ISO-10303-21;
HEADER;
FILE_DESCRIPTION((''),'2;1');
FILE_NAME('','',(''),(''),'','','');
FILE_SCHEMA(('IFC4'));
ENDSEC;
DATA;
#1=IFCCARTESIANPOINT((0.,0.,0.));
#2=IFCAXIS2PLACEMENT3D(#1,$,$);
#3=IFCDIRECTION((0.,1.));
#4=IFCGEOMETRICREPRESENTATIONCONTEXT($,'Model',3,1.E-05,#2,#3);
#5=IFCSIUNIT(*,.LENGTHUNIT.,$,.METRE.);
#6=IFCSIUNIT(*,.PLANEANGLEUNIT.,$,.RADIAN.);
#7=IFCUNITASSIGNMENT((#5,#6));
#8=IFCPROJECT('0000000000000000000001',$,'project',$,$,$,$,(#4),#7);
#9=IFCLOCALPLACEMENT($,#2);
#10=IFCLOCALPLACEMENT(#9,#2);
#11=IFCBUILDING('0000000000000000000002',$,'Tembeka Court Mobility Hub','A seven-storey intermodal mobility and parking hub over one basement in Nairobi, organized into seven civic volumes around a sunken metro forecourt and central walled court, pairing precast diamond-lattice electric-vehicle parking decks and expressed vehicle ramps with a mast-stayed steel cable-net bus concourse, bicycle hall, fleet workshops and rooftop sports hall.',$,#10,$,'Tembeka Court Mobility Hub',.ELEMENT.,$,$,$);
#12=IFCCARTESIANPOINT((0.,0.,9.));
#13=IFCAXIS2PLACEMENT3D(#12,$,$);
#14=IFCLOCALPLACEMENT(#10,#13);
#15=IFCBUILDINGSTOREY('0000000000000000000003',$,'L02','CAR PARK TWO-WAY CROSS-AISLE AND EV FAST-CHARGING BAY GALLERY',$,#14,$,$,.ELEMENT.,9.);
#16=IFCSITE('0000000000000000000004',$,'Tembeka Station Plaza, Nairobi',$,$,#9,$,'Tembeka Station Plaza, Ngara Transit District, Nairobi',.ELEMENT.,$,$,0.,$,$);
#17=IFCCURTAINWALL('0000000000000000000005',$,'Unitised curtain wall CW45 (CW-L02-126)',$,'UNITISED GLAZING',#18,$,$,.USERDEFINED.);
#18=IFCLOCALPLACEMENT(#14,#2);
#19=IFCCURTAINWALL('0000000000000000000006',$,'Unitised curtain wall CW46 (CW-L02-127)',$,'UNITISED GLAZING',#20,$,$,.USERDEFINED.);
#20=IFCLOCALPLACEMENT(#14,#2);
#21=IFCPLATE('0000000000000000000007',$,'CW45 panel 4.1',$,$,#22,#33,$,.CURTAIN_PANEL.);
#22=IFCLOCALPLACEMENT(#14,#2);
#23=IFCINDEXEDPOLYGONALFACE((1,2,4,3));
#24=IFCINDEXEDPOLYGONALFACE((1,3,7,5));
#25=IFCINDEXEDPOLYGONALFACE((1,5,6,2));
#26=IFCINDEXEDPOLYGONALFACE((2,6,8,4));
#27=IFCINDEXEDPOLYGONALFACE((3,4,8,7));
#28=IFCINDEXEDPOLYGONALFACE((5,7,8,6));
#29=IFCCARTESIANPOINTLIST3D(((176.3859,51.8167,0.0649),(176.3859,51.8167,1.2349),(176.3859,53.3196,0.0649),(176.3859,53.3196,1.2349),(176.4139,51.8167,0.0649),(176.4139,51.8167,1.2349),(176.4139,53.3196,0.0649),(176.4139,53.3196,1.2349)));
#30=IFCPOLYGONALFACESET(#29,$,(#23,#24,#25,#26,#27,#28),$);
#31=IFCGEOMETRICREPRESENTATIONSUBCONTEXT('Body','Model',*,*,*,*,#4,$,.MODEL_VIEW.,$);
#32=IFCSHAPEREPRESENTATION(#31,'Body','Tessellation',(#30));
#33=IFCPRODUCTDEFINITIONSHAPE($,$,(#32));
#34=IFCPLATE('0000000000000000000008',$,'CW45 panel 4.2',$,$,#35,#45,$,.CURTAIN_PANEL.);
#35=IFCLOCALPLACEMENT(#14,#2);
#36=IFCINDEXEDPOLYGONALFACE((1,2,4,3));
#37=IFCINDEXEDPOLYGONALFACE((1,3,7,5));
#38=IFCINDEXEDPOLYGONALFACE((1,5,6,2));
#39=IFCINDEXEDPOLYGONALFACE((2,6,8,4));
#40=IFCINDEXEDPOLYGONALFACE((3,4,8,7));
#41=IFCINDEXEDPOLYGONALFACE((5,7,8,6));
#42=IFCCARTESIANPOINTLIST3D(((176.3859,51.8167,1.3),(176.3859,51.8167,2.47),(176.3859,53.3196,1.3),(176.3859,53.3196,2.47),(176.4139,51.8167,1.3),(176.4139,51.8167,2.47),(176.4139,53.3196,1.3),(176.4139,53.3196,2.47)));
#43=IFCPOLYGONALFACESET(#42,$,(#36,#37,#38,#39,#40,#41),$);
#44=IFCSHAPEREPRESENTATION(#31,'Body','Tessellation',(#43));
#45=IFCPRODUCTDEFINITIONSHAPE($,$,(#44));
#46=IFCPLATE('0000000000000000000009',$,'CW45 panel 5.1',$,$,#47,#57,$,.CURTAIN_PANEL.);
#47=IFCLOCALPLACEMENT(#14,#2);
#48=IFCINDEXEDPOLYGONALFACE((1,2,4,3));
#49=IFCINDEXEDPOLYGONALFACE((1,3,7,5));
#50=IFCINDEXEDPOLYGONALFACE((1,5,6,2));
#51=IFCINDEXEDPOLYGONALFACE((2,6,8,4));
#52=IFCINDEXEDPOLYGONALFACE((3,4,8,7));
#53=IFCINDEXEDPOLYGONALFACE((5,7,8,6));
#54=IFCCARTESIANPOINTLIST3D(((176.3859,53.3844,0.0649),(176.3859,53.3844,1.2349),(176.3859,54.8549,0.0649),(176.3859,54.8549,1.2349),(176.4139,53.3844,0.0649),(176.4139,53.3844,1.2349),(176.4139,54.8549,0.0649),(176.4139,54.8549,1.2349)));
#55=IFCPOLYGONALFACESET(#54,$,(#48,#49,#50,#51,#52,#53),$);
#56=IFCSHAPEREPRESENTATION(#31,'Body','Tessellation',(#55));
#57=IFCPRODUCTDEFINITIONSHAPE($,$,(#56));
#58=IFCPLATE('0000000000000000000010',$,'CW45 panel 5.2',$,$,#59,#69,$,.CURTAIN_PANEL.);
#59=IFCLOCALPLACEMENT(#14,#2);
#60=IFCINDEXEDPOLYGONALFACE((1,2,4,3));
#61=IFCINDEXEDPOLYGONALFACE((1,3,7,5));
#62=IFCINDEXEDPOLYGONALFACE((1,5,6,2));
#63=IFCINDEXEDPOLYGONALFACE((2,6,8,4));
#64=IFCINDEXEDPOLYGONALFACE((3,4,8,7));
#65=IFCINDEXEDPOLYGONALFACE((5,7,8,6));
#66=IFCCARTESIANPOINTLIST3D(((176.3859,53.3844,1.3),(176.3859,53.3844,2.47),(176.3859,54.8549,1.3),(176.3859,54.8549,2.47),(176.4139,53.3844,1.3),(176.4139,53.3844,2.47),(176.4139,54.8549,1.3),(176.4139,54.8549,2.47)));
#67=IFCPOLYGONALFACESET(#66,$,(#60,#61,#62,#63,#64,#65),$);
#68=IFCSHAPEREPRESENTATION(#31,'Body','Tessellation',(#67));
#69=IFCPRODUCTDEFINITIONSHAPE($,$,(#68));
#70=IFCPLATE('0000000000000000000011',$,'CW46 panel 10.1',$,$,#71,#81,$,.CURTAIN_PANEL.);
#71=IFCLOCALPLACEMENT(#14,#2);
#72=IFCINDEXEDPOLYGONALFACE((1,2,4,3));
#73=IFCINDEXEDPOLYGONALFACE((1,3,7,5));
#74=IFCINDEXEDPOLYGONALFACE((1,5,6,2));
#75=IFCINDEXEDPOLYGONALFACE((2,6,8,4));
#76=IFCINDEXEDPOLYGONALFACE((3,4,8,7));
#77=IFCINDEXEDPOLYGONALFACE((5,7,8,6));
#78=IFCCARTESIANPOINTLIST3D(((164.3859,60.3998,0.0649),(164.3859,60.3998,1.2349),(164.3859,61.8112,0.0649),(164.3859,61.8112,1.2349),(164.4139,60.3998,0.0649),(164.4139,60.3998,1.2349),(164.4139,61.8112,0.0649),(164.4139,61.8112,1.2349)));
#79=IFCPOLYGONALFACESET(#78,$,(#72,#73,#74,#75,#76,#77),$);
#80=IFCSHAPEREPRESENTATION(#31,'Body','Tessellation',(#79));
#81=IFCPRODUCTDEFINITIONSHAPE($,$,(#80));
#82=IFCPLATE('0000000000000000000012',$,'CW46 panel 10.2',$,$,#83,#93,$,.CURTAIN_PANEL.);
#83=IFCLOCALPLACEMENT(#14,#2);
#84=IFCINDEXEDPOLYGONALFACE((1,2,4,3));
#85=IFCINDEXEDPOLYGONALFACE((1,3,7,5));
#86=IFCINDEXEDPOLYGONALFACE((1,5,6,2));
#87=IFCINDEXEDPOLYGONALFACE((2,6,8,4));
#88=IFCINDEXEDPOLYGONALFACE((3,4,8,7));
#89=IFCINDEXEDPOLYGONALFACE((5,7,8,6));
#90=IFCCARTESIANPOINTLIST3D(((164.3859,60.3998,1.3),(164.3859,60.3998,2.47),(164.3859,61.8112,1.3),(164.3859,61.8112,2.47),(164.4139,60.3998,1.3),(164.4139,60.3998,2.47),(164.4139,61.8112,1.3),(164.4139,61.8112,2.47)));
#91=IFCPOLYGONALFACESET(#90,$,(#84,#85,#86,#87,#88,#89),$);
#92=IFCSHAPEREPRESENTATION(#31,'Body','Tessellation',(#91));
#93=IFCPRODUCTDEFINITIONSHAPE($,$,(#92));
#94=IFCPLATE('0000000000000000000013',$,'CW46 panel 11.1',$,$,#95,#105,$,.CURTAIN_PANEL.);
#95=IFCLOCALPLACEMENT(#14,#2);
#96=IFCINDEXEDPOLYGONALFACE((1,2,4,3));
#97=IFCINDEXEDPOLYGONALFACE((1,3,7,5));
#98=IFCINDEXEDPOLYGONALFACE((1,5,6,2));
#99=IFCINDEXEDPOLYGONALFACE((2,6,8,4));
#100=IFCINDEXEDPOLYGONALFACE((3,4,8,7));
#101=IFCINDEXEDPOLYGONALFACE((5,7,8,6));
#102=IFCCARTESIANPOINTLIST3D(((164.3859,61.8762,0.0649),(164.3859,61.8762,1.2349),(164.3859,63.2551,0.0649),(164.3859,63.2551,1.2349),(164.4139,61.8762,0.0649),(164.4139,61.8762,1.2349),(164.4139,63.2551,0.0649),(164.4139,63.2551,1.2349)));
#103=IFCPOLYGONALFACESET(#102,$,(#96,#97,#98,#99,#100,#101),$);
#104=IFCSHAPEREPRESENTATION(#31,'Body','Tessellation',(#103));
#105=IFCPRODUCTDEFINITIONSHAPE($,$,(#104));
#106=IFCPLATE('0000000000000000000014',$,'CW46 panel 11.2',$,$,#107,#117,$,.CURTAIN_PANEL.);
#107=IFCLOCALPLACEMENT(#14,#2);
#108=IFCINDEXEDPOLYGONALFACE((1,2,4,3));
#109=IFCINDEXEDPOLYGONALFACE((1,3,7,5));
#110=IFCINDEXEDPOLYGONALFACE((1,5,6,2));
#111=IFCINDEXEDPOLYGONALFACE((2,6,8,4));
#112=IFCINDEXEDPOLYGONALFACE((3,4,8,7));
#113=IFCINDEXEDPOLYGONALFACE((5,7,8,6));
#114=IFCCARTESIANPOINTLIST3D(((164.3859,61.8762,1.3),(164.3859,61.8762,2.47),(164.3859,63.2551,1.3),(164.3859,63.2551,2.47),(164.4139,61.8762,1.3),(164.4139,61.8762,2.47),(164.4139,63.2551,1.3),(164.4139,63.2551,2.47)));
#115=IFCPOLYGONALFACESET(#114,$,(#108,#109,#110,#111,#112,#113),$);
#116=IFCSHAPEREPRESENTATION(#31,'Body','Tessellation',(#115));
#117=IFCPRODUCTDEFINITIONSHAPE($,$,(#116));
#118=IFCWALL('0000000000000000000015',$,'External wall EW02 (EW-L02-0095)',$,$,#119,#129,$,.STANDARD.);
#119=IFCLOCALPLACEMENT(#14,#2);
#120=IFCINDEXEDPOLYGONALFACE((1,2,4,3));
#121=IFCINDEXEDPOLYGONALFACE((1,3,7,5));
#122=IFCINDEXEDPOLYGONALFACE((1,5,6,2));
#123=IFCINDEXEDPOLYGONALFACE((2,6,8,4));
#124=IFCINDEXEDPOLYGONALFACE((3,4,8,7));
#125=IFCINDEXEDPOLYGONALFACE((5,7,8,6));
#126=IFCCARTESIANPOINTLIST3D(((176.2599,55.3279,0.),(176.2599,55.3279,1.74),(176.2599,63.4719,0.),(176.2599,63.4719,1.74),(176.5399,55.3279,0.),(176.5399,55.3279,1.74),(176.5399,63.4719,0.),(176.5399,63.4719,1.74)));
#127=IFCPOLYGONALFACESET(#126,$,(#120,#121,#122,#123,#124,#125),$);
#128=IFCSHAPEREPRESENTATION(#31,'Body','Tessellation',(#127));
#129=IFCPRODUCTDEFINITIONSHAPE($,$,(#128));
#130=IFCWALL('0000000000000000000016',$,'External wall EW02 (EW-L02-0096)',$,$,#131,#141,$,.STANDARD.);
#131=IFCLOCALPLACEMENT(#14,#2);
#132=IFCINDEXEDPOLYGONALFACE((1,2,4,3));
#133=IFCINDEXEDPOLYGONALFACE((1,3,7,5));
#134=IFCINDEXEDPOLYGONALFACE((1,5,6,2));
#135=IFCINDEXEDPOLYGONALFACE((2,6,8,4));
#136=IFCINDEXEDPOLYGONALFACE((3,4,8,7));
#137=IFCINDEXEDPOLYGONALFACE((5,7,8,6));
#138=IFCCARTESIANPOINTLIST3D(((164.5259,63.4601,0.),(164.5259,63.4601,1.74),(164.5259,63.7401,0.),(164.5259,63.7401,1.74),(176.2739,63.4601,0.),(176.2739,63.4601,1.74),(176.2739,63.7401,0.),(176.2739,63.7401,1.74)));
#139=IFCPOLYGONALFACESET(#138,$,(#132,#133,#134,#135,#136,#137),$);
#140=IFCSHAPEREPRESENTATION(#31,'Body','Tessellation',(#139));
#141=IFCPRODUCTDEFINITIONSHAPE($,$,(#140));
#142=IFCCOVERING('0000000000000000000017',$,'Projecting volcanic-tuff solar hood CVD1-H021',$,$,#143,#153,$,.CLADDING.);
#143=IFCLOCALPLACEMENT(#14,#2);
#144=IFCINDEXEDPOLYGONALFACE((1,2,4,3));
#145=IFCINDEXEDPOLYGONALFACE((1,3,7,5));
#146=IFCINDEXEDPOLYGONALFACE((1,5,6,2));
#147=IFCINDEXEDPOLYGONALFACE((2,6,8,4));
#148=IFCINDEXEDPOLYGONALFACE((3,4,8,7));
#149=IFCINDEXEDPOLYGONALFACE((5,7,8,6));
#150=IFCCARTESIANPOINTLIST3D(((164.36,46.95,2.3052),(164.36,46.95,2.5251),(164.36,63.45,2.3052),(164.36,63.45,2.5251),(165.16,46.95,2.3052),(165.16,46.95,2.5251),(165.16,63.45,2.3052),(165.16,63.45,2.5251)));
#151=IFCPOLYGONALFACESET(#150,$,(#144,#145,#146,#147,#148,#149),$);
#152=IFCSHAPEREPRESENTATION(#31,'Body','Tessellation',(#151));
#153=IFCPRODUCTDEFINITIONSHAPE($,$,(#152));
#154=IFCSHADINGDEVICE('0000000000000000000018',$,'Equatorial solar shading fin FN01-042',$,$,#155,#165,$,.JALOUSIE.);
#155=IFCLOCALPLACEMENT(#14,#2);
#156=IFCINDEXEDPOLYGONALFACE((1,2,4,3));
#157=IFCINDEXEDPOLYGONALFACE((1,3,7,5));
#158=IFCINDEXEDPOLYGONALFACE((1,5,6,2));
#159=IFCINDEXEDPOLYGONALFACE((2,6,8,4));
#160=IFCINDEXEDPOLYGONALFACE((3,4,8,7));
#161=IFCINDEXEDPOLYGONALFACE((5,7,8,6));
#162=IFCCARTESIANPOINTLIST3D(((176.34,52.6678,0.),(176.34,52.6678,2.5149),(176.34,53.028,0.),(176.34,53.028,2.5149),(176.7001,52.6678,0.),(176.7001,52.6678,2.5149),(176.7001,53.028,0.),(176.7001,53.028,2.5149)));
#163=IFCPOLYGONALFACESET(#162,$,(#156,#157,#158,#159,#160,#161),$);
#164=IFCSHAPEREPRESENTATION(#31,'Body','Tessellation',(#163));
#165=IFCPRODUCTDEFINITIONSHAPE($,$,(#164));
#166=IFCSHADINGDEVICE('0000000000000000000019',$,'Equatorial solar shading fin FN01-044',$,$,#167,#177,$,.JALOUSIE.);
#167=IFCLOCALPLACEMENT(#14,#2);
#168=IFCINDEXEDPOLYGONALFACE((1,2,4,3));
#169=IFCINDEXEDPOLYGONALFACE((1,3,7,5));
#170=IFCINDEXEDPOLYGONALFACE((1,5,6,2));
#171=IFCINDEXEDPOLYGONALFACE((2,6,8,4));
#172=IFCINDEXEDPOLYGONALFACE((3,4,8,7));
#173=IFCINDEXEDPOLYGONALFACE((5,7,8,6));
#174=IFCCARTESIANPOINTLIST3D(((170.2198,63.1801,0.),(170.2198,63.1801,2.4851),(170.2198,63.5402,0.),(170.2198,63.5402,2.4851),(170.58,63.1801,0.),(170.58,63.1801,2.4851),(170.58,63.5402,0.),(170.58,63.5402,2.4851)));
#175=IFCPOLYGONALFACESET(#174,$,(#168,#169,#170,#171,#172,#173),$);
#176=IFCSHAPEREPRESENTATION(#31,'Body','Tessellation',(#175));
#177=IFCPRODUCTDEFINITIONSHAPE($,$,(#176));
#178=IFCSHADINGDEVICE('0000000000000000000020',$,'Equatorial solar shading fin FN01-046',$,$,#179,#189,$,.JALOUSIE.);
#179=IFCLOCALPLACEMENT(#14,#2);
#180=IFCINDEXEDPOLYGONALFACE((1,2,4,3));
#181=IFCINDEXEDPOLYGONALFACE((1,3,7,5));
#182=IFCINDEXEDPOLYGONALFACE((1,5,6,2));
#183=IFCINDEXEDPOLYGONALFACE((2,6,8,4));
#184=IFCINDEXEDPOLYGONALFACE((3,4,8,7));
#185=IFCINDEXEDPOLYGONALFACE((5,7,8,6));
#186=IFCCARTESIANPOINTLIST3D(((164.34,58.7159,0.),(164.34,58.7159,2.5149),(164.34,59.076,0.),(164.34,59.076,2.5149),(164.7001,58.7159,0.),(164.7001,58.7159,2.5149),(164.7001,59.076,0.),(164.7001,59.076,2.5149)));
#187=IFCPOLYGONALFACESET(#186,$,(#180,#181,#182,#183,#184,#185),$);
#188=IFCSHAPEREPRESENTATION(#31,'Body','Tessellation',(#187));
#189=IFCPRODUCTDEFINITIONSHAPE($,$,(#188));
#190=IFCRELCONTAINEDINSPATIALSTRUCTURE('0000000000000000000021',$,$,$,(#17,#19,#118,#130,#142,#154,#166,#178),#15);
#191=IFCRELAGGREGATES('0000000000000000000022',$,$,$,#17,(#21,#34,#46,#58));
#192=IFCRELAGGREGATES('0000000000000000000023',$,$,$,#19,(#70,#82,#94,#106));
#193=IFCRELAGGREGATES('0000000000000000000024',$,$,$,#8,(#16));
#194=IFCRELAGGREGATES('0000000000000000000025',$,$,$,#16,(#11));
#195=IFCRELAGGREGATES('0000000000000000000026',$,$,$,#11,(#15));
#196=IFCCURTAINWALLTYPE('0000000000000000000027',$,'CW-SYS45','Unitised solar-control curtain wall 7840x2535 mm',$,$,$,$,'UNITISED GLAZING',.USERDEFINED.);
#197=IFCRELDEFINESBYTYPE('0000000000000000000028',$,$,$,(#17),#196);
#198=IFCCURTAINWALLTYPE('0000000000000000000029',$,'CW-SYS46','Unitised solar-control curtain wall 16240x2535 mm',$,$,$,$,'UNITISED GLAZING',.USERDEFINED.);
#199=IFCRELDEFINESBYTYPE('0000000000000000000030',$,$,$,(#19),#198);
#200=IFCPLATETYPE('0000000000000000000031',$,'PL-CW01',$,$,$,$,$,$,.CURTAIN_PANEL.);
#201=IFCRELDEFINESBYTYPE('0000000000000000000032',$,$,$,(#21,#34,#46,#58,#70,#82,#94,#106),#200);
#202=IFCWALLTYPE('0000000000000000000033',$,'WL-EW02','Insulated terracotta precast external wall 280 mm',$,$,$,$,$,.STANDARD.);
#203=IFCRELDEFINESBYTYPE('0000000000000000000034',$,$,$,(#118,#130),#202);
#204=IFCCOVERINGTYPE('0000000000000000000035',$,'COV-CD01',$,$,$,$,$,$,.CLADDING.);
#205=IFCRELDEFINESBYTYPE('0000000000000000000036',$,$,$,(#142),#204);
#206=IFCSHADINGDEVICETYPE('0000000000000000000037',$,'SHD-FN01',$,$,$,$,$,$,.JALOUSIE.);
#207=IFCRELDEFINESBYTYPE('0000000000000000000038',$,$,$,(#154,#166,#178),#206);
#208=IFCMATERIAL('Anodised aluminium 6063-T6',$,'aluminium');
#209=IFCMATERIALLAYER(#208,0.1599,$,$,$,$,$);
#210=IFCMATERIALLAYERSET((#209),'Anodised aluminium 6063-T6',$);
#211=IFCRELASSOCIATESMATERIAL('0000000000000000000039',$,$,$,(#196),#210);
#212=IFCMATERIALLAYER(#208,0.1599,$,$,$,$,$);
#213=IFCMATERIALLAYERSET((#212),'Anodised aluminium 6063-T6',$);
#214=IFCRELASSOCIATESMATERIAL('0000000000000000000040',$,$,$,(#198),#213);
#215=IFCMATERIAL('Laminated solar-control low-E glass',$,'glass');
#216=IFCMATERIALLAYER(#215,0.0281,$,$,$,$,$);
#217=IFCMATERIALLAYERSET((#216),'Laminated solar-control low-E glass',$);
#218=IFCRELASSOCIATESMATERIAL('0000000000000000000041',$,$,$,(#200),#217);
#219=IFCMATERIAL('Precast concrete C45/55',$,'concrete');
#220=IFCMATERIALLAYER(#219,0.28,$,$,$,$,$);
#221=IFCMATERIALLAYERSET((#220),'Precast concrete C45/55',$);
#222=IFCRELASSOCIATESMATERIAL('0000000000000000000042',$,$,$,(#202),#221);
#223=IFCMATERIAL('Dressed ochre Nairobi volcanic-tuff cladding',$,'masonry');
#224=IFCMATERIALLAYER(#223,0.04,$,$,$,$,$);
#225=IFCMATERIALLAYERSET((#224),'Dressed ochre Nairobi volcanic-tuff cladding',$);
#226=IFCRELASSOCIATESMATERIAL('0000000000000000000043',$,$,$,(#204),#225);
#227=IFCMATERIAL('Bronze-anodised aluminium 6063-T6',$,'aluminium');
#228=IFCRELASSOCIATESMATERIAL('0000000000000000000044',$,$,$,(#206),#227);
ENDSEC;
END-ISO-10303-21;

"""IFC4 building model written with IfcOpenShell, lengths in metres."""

from ifc_helpers import new_model, si_unit, direction, frame, frame_2d, origin, origin_2d, place, context, subcontext, project, spatial, rectangle, extrude, material, layer, layer_set, material_profile, profile_set, type_object, element, aggregate, save


model = new_model("IFC4")

# Units and contexts
model_context = context("Model", 3, precision=1e-05, world=origin(), true_north=direction((0.0, 1.0)))
body_context = subcontext(model_context, "Body", "Model", "MODEL_VIEW")
ifc_project = project(units=[si_unit("LENGTHUNIT", "METRE"), si_unit("PLANEANGLEUNIT", "RADIAN")], contexts=[model_context])

# Site, building, storey
site_placement = place(None, origin())
site = spatial("IfcSite", under=ifc_project, at=site_placement, Name="Tembeka Station Plaza, Nairobi", LongName="Tembeka Station Plaza, Ngara Transit District, Nairobi", CompositionType="ELEMENT", RefElevation=0.0)
building_placement = place(site_placement, origin())
building = spatial("IfcBuilding", under=site, at=building_placement, Name="Tembeka Court Mobility Hub", Description="A seven-storey intermodal mobility and parking hub over one basement in Nairobi, organized into seven civic volumes around a sunken metro forecourt and central walled court, pairing precast diamond-lattice electric-vehicle parking decks and expressed vehicle ramps with a mast-stayed steel cable-net bus concourse, bicycle hall, fleet workshops and rooftop sports hall.", LongName="Tembeka Court Mobility Hub", CompositionType="ELEMENT")
storey_placement = place(building_placement, frame((0.0, 0.0, 9.0)))
storey = spatial("IfcBuildingStorey", under=building, at=storey_placement, Name="L02", Description="CAR PARK TWO-WAY CROSS-AISLE AND EV FAST-CHARGING BAY GALLERY", CompositionType="ELEMENT", Elevation=9.0)

# Curtain walls
ifc_material_1 = material(Name="Anodised aluminium 6063-T6", Category="aluminium")
ifc_layer_1 = layer(ifc_material_1, 0.1599)
ifc_layer_set_1 = layer_set([ifc_layer_1], Name="Anodised aluminium 6063-T6")
curtain_wall_type_1 = type_object("IfcCurtainWallType", Name="CW-SYS45", Description="Unitised solar-control curtain wall 7840x2535 mm", ElementType="UNITISED GLAZING", PredefinedType="USERDEFINED", material=ifc_layer_set_1)
curtain_wall_1_placement = place(storey_placement, origin())
curtain_wall_1 = element("IfcCurtainWall", 1, at=curtain_wall_1_placement, inside=storey, type_object=curtain_wall_type_1, Name="Unitised curtain wall CW45 (CW-L02-126)", ObjectType="UNITISED GLAZING", PredefinedType="USERDEFINED")
ifc_layer_2 = layer(ifc_material_1, 0.1599)
ifc_layer_set_2 = layer_set([ifc_layer_2], Name="Anodised aluminium 6063-T6")
curtain_wall_type_2 = type_object("IfcCurtainWallType", Name="CW-SYS46", Description="Unitised solar-control curtain wall 16240x2535 mm", ElementType="UNITISED GLAZING", PredefinedType="USERDEFINED", material=ifc_layer_set_2)
curtain_wall_2_placement = place(storey_placement, origin())
curtain_wall_2 = element("IfcCurtainWall", 2, at=curtain_wall_2_placement, inside=storey, type_object=curtain_wall_type_2, Name="Unitised curtain wall CW46 (CW-L02-127)", ObjectType="UNITISED GLAZING", PredefinedType="USERDEFINED")

# Plates
ifc_material_2 = material(Name="Laminated solar-control low-E glass", Category="glass")
ifc_layer_3 = layer(ifc_material_2, 0.0281)
ifc_layer_set_3 = layer_set([ifc_layer_3], Name="Laminated solar-control low-E glass")
plate_type = type_object("IfcPlateType", Name="PL-CW01", PredefinedType="CURTAIN_PANEL", material=ifc_layer_set_3)
plate_1_placement = place(storey_placement, frame((176.3999, 52.5681, 0.0649), z_axis=(0.0, 0.0, 1.0), x_axis=(0.0, 1.0, 0.0)))
plate_1 = element("IfcPlate", 3, at=plate_1_placement, type_object=plate_type, Name="CW45 panel 4.1", PredefinedType="CURTAIN_PANEL", context=body_context, shape_type="SweptSolid", body=[
    extrude(rectangle(XDim=1.5029, YDim=0.0281, at=origin_2d()), origin(), (0.0, 0.0, 1.0), 1.1699),
])
plate_2_placement = place(storey_placement, frame((176.3999, 52.5681, 1.3), z_axis=(0.0, 0.0, 1.0), x_axis=(0.0, 1.0, 0.0)))
plate_2 = element("IfcPlate", 4, at=plate_2_placement, type_object=plate_type, Name="CW45 panel 4.2", PredefinedType="CURTAIN_PANEL", context=body_context, shape_type="SweptSolid", body=[
    extrude(rectangle(XDim=1.5029, YDim=0.0281, at=origin_2d()), origin(), (0.0, 0.0, 1.0), 1.1699),
])
plate_3_placement = place(storey_placement, frame((176.3999, 54.1196, 0.0649), z_axis=(0.0, 0.0, 1.0), x_axis=(0.0, 1.0, 0.0)))
plate_3 = element("IfcPlate", 5, at=plate_3_placement, type_object=plate_type, Name="CW45 panel 5.1", PredefinedType="CURTAIN_PANEL", context=body_context, shape_type="SweptSolid", body=[
    extrude(rectangle(XDim=1.4705, YDim=0.0281, at=origin_2d()), origin(), (0.0, 0.0, 1.0), 1.1699),
])
plate_4_placement = place(storey_placement, frame((176.3999, 54.1196, 1.3), z_axis=(0.0, 0.0, 1.0), x_axis=(0.0, 1.0, 0.0)))
plate_4 = element("IfcPlate", 6, at=plate_4_placement, type_object=plate_type, Name="CW45 panel 5.2", PredefinedType="CURTAIN_PANEL", context=body_context, shape_type="SweptSolid", body=[
    extrude(rectangle(XDim=1.4705, YDim=0.0281, at=origin_2d()), origin(), (0.0, 0.0, 1.0), 1.1699),
])
aggregate(curtain_wall_1, [plate_1, plate_2, plate_3, plate_4])
plate_5_placement = place(storey_placement, frame((164.3999, 61.1055, 0.0649), z_axis=(0.0, 0.0, 1.0), x_axis=(0.0, 1.0, 0.0)))
plate_5 = element("IfcPlate", 7, at=plate_5_placement, type_object=plate_type, Name="CW46 panel 10.1", PredefinedType="CURTAIN_PANEL", context=body_context, shape_type="SweptSolid", body=[
    extrude(rectangle(XDim=1.4114, YDim=0.0281, at=origin_2d()), origin(), (0.0, 0.0, 1.0), 1.1699),
])
plate_6_placement = place(storey_placement, frame((164.3999, 61.1055, 1.3), z_axis=(0.0, 0.0, 1.0), x_axis=(0.0, 1.0, 0.0)))
plate_6 = element("IfcPlate", 8, at=plate_6_placement, type_object=plate_type, Name="CW46 panel 10.2", PredefinedType="CURTAIN_PANEL", context=body_context, shape_type="SweptSolid", body=[
    extrude(rectangle(XDim=1.4114, YDim=0.0281, at=origin_2d()), origin(), (0.0, 0.0, 1.0), 1.1699),
])
plate_7_placement = place(storey_placement, frame((164.3999, 62.5657, 0.0649), z_axis=(0.0, 0.0, 1.0), x_axis=(0.0, 1.0, 0.0)))
plate_7 = element("IfcPlate", 9, at=plate_7_placement, type_object=plate_type, Name="CW46 panel 11.1", PredefinedType="CURTAIN_PANEL", context=body_context, shape_type="SweptSolid", body=[
    extrude(rectangle(XDim=1.3789, YDim=0.0281, at=origin_2d()), origin(), (0.0, 0.0, 1.0), 1.1699),
])
plate_8_placement = place(storey_placement, frame((164.3999, 62.5657, 1.3), z_axis=(0.0, 0.0, 1.0), x_axis=(0.0, 1.0, 0.0)))
plate_8 = element("IfcPlate", 10, at=plate_8_placement, type_object=plate_type, Name="CW46 panel 11.2", PredefinedType="CURTAIN_PANEL", context=body_context, shape_type="SweptSolid", body=[
    extrude(rectangle(XDim=1.3789, YDim=0.0281, at=origin_2d()), origin(), (0.0, 0.0, 1.0), 1.1699),
])
aggregate(curtain_wall_2, [plate_5, plate_6, plate_7, plate_8])

# Walls
ifc_material_3 = material(Name="Precast concrete C45/55", Category="concrete")
ifc_layer_4 = layer(ifc_material_3, 0.28)
ifc_layer_set_4 = layer_set([ifc_layer_4], Name="Precast concrete C45/55")
wall_type = type_object("IfcWallType", Name="WL-EW02", Description="Insulated terracotta precast external wall 280 mm", PredefinedType="STANDARD", material=ifc_layer_set_4)
wall_1_placement = place(storey_placement, frame((176.3999, 55.3279, 0.0), z_axis=(0.0, 0.0, 1.0), x_axis=(0.0, 1.0, 0.0)))
element("IfcWall", 11, at=wall_1_placement, inside=storey, type_object=wall_type, Name="External wall EW02 (EW-L02-0095)", PredefinedType="STANDARD", context=body_context, shape_type="SweptSolid", body=[
    extrude(rectangle(XDim=8.144, YDim=0.28, at=frame_2d((4.072, 0.0))), origin(), (0.0, 0.0, 1.0), 1.74),
])
wall_2_placement = place(storey_placement, frame((164.5259, 63.6001, 0.0), z_axis=(0.0, 0.0, 1.0), x_axis=(1.0, 0.0, 0.0)))
element("IfcWall", 12, at=wall_2_placement, inside=storey, type_object=wall_type, Name="External wall EW02 (EW-L02-0096)", PredefinedType="STANDARD", context=body_context, shape_type="SweptSolid", body=[
    extrude(rectangle(XDim=11.748, YDim=0.28, at=frame_2d((5.874, 0.0))), origin(), (0.0, 0.0, 1.0), 1.74),
])

# Covering
ifc_material_4 = material(Name="Dressed ochre Nairobi volcanic-tuff cladding", Category="masonry")
ifc_layer_5 = layer(ifc_material_4, 0.04)
ifc_layer_set_5 = layer_set([ifc_layer_5], Name="Dressed ochre Nairobi volcanic-tuff cladding")
covering_type = type_object("IfcCoveringType", Name="COV-CD01", PredefinedType="CLADDING", material=ifc_layer_set_5)
covering_placement = place(storey_placement, frame((164.76, 55.2, 2.3052), z_axis=(0.0, 0.0, 1.0), x_axis=(0.0, 1.0, 0.0)))
element("IfcCovering", 13, at=covering_placement, inside=storey, type_object=covering_type, Name="Projecting volcanic-tuff solar hood CVD1-H021", PredefinedType="CLADDING", context=body_context, shape_type="SweptSolid", body=[
    extrude(rectangle(XDim=16.5, YDim=0.8, at=origin_2d()), origin(), (0.0, 0.0, 1.0), 0.22),
])

# Shading devices
ifc_material_5 = material(Name="Bronze-anodised aluminium 6063-T6", Category="aluminium")
ifc_material_profile_1 = material_profile(ifc_material_5, rectangle(XDim=0.3601, YDim=0.3601, at=origin_2d()), Name="ALU-FIN 360x360")
ifc_profile_set_1 = profile_set([ifc_material_profile_1], Name="Bronze-anodised aluminium 6063-T6")
shading_device_type_1 = type_object("IfcShadingDeviceType", Name="SHD-FN01", PredefinedType="JALOUSIE", material=ifc_profile_set_1)
shading_device_1_placement = place(storey_placement, frame((176.52, 52.8479, 0.0), z_axis=(0.0, 0.0, 1.0), x_axis=(1.0, 0.0, 0.0)))
element("IfcShadingDevice", 14, at=shading_device_1_placement, inside=storey, type_object=shading_device_type_1, Name="Equatorial solar shading fin FN01-042", PredefinedType="JALOUSIE", context=body_context, shape_type="SweptSolid", body=[
    extrude(rectangle(XDim=0.3601, YDim=0.3601, at=origin_2d()), origin(), (0.0, 0.0, 1.0), 2.5149),
])
shading_device_2_placement = place(storey_placement, frame((170.3999, 63.3601, 0.0), z_axis=(0.0, 0.0, 1.0), x_axis=(1.0, 0.0, 0.0)))
element("IfcShadingDevice", 15, at=shading_device_2_placement, inside=storey, type_object=shading_device_type_1, Name="Equatorial solar shading fin FN01-044", PredefinedType="JALOUSIE", context=body_context, shape_type="SweptSolid", body=[
    extrude(rectangle(XDim=0.3601, YDim=0.3601, at=origin_2d()), origin(), (0.0, 0.0, 1.0), 2.4851),
])
shading_device_3_placement = place(storey_placement, frame((164.52, 58.896, 0.0), z_axis=(0.0, 0.0, 1.0), x_axis=(1.0, 0.0, 0.0)))
element("IfcShadingDevice", 16, at=shading_device_3_placement, inside=storey, type_object=shading_device_type_1, Name="Equatorial solar shading fin FN01-046", PredefinedType="JALOUSIE", context=body_context, shape_type="SweptSolid", body=[
    extrude(rectangle(XDim=0.3601, YDim=0.3601, at=origin_2d()), origin(), (0.0, 0.0, 1.0), 2.5149),
])

save(model, "model.ifc")
